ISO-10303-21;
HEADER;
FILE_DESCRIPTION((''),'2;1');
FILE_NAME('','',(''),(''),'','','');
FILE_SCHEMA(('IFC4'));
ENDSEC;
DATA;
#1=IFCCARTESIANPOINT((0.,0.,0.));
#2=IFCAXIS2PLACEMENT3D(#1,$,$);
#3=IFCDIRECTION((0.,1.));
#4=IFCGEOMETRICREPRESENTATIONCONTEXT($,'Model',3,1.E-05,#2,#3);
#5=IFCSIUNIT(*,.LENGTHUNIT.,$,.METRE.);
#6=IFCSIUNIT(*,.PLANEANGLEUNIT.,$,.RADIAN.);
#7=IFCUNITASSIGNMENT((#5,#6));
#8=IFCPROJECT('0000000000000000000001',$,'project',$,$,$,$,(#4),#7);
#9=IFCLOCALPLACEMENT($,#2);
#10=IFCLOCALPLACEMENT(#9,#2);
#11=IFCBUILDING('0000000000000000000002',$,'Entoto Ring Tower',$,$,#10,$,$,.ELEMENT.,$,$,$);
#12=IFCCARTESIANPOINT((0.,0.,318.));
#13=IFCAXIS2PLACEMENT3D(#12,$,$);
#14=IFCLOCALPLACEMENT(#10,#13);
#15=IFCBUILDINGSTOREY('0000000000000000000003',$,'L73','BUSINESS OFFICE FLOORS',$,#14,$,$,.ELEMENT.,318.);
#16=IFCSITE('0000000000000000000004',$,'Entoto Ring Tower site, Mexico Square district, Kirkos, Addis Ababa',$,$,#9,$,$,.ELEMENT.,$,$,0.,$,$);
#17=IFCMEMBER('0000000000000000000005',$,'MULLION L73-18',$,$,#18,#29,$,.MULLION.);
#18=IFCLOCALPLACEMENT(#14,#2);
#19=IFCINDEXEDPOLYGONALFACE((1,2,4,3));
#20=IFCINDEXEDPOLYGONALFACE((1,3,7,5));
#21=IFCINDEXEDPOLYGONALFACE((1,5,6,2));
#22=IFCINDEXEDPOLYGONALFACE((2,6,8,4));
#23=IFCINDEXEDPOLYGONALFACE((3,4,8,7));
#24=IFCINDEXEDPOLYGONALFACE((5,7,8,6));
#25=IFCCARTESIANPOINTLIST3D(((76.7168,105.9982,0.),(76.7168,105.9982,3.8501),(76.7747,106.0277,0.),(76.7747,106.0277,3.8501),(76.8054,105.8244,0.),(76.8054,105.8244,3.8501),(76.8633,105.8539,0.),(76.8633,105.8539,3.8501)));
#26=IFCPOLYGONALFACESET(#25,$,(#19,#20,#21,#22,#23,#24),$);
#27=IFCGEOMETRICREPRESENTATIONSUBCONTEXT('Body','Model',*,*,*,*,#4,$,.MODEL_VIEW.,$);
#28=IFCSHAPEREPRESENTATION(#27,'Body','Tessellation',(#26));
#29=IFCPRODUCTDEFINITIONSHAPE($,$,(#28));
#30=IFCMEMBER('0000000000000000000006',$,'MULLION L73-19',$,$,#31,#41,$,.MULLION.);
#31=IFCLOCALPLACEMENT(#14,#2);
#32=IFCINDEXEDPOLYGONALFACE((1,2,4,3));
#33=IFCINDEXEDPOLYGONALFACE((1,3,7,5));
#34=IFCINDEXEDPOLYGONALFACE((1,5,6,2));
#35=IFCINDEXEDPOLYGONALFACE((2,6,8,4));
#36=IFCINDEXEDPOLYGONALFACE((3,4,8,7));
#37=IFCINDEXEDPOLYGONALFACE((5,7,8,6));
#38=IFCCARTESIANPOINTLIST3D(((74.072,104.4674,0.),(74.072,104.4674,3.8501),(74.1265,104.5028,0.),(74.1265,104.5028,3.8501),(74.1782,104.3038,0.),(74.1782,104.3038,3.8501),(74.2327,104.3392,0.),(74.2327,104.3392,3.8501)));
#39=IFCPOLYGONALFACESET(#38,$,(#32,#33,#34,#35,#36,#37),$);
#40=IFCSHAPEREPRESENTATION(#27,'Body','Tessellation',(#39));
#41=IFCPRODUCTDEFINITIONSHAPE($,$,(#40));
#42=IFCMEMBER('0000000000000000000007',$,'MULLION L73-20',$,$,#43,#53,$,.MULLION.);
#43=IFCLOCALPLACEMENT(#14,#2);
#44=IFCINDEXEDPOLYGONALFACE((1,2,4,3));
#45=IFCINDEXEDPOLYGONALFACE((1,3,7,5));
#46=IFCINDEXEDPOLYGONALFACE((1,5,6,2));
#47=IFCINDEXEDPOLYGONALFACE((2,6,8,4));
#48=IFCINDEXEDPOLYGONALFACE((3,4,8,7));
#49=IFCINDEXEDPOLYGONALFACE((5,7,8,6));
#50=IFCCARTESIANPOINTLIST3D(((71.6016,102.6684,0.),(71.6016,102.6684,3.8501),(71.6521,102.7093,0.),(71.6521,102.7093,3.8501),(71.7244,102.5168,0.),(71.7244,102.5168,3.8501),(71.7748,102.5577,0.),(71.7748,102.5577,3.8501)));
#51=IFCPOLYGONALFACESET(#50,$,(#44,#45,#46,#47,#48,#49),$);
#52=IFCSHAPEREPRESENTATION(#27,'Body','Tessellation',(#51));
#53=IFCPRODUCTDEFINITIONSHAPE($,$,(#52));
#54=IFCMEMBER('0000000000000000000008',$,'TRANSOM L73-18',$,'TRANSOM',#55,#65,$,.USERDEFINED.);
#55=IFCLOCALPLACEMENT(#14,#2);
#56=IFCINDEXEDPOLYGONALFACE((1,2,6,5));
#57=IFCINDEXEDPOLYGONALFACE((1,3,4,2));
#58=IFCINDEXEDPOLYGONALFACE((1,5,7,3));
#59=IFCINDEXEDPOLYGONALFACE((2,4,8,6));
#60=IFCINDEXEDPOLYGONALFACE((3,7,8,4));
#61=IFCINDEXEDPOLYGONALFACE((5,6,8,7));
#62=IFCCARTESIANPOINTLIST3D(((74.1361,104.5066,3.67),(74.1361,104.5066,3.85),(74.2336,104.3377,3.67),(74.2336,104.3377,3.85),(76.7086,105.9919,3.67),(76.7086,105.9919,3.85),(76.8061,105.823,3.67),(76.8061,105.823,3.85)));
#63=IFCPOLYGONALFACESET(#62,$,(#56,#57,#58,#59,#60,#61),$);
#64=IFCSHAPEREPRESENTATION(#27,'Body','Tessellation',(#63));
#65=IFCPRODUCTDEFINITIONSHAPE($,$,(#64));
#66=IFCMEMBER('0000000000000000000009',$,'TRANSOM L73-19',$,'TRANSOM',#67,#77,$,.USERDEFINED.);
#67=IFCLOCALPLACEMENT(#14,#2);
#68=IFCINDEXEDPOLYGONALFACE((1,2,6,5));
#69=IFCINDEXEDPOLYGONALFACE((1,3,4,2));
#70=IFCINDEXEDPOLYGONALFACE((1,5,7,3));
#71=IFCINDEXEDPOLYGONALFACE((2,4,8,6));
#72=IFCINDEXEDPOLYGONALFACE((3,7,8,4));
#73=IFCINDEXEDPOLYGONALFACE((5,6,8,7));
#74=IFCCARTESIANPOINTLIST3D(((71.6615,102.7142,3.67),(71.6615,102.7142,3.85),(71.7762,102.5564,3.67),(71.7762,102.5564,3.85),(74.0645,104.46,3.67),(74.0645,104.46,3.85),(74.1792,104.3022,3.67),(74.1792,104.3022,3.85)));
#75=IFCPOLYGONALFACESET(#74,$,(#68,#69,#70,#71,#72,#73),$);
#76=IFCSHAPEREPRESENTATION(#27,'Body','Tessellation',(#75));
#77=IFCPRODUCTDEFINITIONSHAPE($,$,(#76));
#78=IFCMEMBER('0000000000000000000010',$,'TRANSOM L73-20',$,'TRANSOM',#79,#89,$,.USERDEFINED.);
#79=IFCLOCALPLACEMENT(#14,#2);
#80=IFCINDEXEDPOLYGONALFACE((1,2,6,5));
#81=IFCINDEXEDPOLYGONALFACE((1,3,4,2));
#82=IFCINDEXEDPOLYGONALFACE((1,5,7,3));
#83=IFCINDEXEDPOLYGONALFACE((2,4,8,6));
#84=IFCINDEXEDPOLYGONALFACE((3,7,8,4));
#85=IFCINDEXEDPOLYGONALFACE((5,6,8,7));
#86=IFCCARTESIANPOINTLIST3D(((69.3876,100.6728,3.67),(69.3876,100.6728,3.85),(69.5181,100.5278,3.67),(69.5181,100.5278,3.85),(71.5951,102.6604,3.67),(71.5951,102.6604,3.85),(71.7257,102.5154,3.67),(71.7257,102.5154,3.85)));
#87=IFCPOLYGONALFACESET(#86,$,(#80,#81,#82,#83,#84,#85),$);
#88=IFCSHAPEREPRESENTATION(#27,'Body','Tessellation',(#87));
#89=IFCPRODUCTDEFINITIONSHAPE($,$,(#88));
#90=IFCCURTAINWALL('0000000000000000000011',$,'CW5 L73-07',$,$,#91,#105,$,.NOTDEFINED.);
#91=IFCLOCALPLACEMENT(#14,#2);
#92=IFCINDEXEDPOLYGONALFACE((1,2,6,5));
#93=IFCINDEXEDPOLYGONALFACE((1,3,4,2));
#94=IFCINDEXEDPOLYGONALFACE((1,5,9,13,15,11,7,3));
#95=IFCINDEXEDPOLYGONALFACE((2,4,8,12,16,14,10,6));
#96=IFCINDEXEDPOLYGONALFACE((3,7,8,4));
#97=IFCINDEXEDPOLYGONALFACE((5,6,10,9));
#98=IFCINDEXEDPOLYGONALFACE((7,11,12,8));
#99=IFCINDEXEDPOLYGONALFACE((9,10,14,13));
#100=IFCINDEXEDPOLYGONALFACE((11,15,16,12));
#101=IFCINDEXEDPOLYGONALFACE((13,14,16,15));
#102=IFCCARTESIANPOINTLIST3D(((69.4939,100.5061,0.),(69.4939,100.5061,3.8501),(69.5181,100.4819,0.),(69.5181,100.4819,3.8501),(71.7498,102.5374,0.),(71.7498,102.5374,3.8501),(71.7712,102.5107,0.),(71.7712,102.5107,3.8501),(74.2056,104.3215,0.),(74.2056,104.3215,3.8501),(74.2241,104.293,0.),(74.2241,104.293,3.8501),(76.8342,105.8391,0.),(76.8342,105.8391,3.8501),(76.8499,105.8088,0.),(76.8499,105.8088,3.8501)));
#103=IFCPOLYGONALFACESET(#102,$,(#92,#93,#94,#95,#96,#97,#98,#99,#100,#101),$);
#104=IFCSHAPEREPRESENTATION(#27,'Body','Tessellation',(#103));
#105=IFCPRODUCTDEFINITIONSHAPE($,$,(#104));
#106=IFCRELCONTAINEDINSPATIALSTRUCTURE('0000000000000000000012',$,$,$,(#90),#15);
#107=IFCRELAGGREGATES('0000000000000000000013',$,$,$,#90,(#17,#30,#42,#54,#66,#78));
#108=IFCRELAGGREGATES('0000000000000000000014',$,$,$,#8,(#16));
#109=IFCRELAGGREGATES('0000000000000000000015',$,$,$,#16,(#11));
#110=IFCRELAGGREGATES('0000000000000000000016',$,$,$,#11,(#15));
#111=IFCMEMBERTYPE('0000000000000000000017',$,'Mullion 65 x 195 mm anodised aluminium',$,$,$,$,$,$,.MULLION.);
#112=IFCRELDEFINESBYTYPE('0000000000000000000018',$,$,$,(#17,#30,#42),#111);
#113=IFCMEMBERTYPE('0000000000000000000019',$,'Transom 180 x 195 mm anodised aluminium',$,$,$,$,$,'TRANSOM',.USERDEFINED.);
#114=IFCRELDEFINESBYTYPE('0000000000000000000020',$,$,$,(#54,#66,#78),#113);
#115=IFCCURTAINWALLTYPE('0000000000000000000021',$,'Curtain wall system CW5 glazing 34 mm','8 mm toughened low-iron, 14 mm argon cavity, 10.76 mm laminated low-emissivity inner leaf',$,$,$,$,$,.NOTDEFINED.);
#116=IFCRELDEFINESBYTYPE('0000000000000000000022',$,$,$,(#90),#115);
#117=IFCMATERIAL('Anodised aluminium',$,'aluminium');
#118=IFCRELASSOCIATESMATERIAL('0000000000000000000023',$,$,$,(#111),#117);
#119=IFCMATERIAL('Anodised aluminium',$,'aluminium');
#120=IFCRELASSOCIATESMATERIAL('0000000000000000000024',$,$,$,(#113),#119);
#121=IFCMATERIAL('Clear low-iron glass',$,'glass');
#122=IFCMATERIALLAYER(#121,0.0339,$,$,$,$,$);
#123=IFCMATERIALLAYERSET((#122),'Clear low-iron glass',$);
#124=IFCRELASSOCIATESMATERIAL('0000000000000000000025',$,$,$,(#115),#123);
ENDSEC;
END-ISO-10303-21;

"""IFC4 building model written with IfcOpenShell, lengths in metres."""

from ifc_helpers import new_model, si_unit, direction, frame, origin, origin_2d, place, context, subcontext, project, spatial, polyline, rectangle, outline, extrude, material, layer, layer_set, material_profile, profile_set, type_object, element, aggregate, save


model = new_model("IFC4")

# Units and contexts
model_context = context("Model", 3, precision=1e-05, world=origin(), true_north=direction((0.0, 1.0)))
body_context = subcontext(model_context, "Body", "Model", "MODEL_VIEW")
ifc_project = project(units=[si_unit("LENGTHUNIT", "METRE"), si_unit("PLANEANGLEUNIT", "RADIAN")], contexts=[model_context])

# Members
ifc_material_1 = material(Name="Anodised aluminium", Category="aluminium")
ifc_material_profile_1 = material_profile(ifc_material_1, rectangle(XDim=0.0649, YDim=0.1951, at=origin_2d()), Name="Mullion 65 x 195 mm anodised aluminium")
ifc_profile_set_1 = profile_set([ifc_material_profile_1], Name="Anodised aluminium")
member_type_1 = type_object("IfcMemberType", Name="Mullion 65 x 195 mm anodised aluminium", PredefinedType="MULLION", material=ifc_profile_set_1)
site_placement = place(None, origin())
building_placement = place(site_placement, origin())
storey_placement = place(building_placement, frame((0.0, 0.0, 318.0)))
member_1_placement = place(storey_placement, frame((76.79, 105.926, 0.0), z_axis=(0.0, 0.0, 1.0), x_axis=(-0.891007, -0.45399, 0.0)))
member_1 = element("IfcMember", 1, at=member_1_placement, type_object=member_type_1, Name="MULLION L73-18", PredefinedType="MULLION", context=body_context, shape_type="SweptSolid", body=[
    extrude(rectangle(XDim=0.0649, YDim=0.1951, at=origin_2d()), origin(), (0.0, 0.0, 1.0), 3.8501),
])
member_2_placement = place(storey_placement, frame((74.1523, 104.4033, 0.0), z_axis=(0.0, 0.0, 1.0), x_axis=(-0.838671, -0.544639, 0.0)))
member_2 = element("IfcMember", 2, at=member_2_placement, type_object=member_type_1, Name="MULLION L73-19", PredefinedType="MULLION", context=body_context, shape_type="SweptSolid", body=[
    extrude(rectangle(XDim=0.0649, YDim=0.1951, at=origin_2d()), origin(), (0.0, 0.0, 1.0), 3.8501),
])
member_3_placement = place(storey_placement, frame((71.6882, 102.613, 0.0), z_axis=(0.0, 0.0, 1.0), x_axis=(-0.777146, -0.62932, 0.0)))
member_3 = element("IfcMember", 3, at=member_3_placement, type_object=member_type_1, Name="MULLION L73-20", PredefinedType="MULLION", context=body_context, shape_type="SweptSolid", body=[
    extrude(rectangle(XDim=0.0649, YDim=0.1951, at=origin_2d()), origin(), (0.0, 0.0, 1.0), 3.8501),
])
ifc_material_2 = material(Name="Anodised aluminium", Category="aluminium")
ifc_material_profile_2 = material_profile(ifc_material_2, rectangle(XDim=0.1951, YDim=0.1799, at=origin_2d()), Name="Transom 180 x 195 mm anodised aluminium")
ifc_profile_set_2 = profile_set([ifc_material_profile_2], Name="Anodised aluminium")
member_type_2 = type_object("IfcMemberType", Name="Transom 180 x 195 mm anodised aluminium", ElementType="TRANSOM", PredefinedType="USERDEFINED", material=ifc_profile_set_2)
member_4_placement = place(storey_placement, frame((76.7573, 105.9075, 3.76), z_axis=(-0.866009, -0.500028, 0.0), x_axis=(0.500028, -0.866009, 0.0)))
member_4 = element("IfcMember", 4, at=member_4_placement, type_object=member_type_2, Name="TRANSOM L73-18", ObjectType="TRANSOM", PredefinedType="USERDEFINED", context=body_context, shape_type="SweptSolid", body=[
    extrude(rectangle(XDim=0.1951, YDim=0.1799, at=origin_2d()), origin(), (0.0, 0.0, 1.0), 2.9705),
])
member_5_placement = place(storey_placement, frame((74.1218, 104.3811, 3.76), z_axis=(-0.809031, -0.587766, 0.0), x_axis=(0.587766, -0.809031, 0.0)))
member_5 = element("IfcMember", 5, at=member_5_placement, type_object=member_type_2, Name="TRANSOM L73-19", ObjectType="TRANSOM", PredefinedType="USERDEFINED", context=body_context, shape_type="SweptSolid", body=[
    extrude(rectangle(XDim=0.1951, YDim=0.1799, at=origin_2d()), origin(), (0.0, 0.0, 1.0), 2.9702),
])
member_6_placement = place(storey_placement, frame((71.6604, 102.5879, 3.76), z_axis=(-0.743163, -0.66911, 0.0), x_axis=(0.66911, -0.743163, 0.0)))
member_6 = element("IfcMember", 6, at=member_6_placement, type_object=member_type_2, Name="TRANSOM L73-20", ObjectType="TRANSOM", PredefinedType="USERDEFINED", context=body_context, shape_type="SweptSolid", body=[
    extrude(rectangle(XDim=0.1951, YDim=0.1799, at=origin_2d()), origin(), (0.0, 0.0, 1.0), 2.9705),
])

# Site, building, storey
site = spatial("IfcSite", under=ifc_project, at=site_placement, Name="Entoto Ring Tower site, Mexico Square district, Kirkos, Addis Ababa", CompositionType="ELEMENT", RefElevation=0.0)
building = spatial("IfcBuilding", under=site, at=building_placement, Name="Entoto Ring Tower", CompositionType="ELEMENT")
storey = spatial("IfcBuildingStorey", under=building, at=storey_placement, Name="L73", Description="BUSINESS OFFICE FLOORS", CompositionType="ELEMENT", Elevation=318.0)

# Curtain wall
ifc_material_3 = material(Name="Clear low-iron glass", Category="glass")
ifc_layer = layer(ifc_material_3, 0.0339)
ifc_layer_set = layer_set([ifc_layer], Name="Clear low-iron glass")
curtain_wall_type = type_object("IfcCurtainWallType", Name="Curtain wall system CW5 glazing 34 mm", Description="8 mm toughened low-iron, 14 mm argon cavity, 10.76 mm laminated low-emissivity inner leaf", PredefinedType="NOTDEFINED", material=ifc_layer_set)
curtain_wall_1_placement = place(storey_placement, origin())
curtain_wall_1 = element("IfcCurtainWall", 7, at=curtain_wall_1_placement, inside=storey, type_object=curtain_wall_type, Name="CW5 L73-07", PredefinedType="NOTDEFINED", context=body_context, shape_type="SweptSolid", body=[
    extrude(outline(polyline([(76.8342, 105.8391), (74.2056, 104.3215), (71.7498, 102.5374), (69.4939, 100.5061), (69.5181, 100.4819), (71.7712, 102.5107), (74.2241, 104.293), (76.8499, 105.8088), (76.8342, 105.8391)])), origin(), (0.0, 0.0, 1.0), 3.8501),
])
aggregate(curtain_wall_1, [member_1, member_2, member_3, member_4, member_5, member_6])

save(model, "model.ifc")
